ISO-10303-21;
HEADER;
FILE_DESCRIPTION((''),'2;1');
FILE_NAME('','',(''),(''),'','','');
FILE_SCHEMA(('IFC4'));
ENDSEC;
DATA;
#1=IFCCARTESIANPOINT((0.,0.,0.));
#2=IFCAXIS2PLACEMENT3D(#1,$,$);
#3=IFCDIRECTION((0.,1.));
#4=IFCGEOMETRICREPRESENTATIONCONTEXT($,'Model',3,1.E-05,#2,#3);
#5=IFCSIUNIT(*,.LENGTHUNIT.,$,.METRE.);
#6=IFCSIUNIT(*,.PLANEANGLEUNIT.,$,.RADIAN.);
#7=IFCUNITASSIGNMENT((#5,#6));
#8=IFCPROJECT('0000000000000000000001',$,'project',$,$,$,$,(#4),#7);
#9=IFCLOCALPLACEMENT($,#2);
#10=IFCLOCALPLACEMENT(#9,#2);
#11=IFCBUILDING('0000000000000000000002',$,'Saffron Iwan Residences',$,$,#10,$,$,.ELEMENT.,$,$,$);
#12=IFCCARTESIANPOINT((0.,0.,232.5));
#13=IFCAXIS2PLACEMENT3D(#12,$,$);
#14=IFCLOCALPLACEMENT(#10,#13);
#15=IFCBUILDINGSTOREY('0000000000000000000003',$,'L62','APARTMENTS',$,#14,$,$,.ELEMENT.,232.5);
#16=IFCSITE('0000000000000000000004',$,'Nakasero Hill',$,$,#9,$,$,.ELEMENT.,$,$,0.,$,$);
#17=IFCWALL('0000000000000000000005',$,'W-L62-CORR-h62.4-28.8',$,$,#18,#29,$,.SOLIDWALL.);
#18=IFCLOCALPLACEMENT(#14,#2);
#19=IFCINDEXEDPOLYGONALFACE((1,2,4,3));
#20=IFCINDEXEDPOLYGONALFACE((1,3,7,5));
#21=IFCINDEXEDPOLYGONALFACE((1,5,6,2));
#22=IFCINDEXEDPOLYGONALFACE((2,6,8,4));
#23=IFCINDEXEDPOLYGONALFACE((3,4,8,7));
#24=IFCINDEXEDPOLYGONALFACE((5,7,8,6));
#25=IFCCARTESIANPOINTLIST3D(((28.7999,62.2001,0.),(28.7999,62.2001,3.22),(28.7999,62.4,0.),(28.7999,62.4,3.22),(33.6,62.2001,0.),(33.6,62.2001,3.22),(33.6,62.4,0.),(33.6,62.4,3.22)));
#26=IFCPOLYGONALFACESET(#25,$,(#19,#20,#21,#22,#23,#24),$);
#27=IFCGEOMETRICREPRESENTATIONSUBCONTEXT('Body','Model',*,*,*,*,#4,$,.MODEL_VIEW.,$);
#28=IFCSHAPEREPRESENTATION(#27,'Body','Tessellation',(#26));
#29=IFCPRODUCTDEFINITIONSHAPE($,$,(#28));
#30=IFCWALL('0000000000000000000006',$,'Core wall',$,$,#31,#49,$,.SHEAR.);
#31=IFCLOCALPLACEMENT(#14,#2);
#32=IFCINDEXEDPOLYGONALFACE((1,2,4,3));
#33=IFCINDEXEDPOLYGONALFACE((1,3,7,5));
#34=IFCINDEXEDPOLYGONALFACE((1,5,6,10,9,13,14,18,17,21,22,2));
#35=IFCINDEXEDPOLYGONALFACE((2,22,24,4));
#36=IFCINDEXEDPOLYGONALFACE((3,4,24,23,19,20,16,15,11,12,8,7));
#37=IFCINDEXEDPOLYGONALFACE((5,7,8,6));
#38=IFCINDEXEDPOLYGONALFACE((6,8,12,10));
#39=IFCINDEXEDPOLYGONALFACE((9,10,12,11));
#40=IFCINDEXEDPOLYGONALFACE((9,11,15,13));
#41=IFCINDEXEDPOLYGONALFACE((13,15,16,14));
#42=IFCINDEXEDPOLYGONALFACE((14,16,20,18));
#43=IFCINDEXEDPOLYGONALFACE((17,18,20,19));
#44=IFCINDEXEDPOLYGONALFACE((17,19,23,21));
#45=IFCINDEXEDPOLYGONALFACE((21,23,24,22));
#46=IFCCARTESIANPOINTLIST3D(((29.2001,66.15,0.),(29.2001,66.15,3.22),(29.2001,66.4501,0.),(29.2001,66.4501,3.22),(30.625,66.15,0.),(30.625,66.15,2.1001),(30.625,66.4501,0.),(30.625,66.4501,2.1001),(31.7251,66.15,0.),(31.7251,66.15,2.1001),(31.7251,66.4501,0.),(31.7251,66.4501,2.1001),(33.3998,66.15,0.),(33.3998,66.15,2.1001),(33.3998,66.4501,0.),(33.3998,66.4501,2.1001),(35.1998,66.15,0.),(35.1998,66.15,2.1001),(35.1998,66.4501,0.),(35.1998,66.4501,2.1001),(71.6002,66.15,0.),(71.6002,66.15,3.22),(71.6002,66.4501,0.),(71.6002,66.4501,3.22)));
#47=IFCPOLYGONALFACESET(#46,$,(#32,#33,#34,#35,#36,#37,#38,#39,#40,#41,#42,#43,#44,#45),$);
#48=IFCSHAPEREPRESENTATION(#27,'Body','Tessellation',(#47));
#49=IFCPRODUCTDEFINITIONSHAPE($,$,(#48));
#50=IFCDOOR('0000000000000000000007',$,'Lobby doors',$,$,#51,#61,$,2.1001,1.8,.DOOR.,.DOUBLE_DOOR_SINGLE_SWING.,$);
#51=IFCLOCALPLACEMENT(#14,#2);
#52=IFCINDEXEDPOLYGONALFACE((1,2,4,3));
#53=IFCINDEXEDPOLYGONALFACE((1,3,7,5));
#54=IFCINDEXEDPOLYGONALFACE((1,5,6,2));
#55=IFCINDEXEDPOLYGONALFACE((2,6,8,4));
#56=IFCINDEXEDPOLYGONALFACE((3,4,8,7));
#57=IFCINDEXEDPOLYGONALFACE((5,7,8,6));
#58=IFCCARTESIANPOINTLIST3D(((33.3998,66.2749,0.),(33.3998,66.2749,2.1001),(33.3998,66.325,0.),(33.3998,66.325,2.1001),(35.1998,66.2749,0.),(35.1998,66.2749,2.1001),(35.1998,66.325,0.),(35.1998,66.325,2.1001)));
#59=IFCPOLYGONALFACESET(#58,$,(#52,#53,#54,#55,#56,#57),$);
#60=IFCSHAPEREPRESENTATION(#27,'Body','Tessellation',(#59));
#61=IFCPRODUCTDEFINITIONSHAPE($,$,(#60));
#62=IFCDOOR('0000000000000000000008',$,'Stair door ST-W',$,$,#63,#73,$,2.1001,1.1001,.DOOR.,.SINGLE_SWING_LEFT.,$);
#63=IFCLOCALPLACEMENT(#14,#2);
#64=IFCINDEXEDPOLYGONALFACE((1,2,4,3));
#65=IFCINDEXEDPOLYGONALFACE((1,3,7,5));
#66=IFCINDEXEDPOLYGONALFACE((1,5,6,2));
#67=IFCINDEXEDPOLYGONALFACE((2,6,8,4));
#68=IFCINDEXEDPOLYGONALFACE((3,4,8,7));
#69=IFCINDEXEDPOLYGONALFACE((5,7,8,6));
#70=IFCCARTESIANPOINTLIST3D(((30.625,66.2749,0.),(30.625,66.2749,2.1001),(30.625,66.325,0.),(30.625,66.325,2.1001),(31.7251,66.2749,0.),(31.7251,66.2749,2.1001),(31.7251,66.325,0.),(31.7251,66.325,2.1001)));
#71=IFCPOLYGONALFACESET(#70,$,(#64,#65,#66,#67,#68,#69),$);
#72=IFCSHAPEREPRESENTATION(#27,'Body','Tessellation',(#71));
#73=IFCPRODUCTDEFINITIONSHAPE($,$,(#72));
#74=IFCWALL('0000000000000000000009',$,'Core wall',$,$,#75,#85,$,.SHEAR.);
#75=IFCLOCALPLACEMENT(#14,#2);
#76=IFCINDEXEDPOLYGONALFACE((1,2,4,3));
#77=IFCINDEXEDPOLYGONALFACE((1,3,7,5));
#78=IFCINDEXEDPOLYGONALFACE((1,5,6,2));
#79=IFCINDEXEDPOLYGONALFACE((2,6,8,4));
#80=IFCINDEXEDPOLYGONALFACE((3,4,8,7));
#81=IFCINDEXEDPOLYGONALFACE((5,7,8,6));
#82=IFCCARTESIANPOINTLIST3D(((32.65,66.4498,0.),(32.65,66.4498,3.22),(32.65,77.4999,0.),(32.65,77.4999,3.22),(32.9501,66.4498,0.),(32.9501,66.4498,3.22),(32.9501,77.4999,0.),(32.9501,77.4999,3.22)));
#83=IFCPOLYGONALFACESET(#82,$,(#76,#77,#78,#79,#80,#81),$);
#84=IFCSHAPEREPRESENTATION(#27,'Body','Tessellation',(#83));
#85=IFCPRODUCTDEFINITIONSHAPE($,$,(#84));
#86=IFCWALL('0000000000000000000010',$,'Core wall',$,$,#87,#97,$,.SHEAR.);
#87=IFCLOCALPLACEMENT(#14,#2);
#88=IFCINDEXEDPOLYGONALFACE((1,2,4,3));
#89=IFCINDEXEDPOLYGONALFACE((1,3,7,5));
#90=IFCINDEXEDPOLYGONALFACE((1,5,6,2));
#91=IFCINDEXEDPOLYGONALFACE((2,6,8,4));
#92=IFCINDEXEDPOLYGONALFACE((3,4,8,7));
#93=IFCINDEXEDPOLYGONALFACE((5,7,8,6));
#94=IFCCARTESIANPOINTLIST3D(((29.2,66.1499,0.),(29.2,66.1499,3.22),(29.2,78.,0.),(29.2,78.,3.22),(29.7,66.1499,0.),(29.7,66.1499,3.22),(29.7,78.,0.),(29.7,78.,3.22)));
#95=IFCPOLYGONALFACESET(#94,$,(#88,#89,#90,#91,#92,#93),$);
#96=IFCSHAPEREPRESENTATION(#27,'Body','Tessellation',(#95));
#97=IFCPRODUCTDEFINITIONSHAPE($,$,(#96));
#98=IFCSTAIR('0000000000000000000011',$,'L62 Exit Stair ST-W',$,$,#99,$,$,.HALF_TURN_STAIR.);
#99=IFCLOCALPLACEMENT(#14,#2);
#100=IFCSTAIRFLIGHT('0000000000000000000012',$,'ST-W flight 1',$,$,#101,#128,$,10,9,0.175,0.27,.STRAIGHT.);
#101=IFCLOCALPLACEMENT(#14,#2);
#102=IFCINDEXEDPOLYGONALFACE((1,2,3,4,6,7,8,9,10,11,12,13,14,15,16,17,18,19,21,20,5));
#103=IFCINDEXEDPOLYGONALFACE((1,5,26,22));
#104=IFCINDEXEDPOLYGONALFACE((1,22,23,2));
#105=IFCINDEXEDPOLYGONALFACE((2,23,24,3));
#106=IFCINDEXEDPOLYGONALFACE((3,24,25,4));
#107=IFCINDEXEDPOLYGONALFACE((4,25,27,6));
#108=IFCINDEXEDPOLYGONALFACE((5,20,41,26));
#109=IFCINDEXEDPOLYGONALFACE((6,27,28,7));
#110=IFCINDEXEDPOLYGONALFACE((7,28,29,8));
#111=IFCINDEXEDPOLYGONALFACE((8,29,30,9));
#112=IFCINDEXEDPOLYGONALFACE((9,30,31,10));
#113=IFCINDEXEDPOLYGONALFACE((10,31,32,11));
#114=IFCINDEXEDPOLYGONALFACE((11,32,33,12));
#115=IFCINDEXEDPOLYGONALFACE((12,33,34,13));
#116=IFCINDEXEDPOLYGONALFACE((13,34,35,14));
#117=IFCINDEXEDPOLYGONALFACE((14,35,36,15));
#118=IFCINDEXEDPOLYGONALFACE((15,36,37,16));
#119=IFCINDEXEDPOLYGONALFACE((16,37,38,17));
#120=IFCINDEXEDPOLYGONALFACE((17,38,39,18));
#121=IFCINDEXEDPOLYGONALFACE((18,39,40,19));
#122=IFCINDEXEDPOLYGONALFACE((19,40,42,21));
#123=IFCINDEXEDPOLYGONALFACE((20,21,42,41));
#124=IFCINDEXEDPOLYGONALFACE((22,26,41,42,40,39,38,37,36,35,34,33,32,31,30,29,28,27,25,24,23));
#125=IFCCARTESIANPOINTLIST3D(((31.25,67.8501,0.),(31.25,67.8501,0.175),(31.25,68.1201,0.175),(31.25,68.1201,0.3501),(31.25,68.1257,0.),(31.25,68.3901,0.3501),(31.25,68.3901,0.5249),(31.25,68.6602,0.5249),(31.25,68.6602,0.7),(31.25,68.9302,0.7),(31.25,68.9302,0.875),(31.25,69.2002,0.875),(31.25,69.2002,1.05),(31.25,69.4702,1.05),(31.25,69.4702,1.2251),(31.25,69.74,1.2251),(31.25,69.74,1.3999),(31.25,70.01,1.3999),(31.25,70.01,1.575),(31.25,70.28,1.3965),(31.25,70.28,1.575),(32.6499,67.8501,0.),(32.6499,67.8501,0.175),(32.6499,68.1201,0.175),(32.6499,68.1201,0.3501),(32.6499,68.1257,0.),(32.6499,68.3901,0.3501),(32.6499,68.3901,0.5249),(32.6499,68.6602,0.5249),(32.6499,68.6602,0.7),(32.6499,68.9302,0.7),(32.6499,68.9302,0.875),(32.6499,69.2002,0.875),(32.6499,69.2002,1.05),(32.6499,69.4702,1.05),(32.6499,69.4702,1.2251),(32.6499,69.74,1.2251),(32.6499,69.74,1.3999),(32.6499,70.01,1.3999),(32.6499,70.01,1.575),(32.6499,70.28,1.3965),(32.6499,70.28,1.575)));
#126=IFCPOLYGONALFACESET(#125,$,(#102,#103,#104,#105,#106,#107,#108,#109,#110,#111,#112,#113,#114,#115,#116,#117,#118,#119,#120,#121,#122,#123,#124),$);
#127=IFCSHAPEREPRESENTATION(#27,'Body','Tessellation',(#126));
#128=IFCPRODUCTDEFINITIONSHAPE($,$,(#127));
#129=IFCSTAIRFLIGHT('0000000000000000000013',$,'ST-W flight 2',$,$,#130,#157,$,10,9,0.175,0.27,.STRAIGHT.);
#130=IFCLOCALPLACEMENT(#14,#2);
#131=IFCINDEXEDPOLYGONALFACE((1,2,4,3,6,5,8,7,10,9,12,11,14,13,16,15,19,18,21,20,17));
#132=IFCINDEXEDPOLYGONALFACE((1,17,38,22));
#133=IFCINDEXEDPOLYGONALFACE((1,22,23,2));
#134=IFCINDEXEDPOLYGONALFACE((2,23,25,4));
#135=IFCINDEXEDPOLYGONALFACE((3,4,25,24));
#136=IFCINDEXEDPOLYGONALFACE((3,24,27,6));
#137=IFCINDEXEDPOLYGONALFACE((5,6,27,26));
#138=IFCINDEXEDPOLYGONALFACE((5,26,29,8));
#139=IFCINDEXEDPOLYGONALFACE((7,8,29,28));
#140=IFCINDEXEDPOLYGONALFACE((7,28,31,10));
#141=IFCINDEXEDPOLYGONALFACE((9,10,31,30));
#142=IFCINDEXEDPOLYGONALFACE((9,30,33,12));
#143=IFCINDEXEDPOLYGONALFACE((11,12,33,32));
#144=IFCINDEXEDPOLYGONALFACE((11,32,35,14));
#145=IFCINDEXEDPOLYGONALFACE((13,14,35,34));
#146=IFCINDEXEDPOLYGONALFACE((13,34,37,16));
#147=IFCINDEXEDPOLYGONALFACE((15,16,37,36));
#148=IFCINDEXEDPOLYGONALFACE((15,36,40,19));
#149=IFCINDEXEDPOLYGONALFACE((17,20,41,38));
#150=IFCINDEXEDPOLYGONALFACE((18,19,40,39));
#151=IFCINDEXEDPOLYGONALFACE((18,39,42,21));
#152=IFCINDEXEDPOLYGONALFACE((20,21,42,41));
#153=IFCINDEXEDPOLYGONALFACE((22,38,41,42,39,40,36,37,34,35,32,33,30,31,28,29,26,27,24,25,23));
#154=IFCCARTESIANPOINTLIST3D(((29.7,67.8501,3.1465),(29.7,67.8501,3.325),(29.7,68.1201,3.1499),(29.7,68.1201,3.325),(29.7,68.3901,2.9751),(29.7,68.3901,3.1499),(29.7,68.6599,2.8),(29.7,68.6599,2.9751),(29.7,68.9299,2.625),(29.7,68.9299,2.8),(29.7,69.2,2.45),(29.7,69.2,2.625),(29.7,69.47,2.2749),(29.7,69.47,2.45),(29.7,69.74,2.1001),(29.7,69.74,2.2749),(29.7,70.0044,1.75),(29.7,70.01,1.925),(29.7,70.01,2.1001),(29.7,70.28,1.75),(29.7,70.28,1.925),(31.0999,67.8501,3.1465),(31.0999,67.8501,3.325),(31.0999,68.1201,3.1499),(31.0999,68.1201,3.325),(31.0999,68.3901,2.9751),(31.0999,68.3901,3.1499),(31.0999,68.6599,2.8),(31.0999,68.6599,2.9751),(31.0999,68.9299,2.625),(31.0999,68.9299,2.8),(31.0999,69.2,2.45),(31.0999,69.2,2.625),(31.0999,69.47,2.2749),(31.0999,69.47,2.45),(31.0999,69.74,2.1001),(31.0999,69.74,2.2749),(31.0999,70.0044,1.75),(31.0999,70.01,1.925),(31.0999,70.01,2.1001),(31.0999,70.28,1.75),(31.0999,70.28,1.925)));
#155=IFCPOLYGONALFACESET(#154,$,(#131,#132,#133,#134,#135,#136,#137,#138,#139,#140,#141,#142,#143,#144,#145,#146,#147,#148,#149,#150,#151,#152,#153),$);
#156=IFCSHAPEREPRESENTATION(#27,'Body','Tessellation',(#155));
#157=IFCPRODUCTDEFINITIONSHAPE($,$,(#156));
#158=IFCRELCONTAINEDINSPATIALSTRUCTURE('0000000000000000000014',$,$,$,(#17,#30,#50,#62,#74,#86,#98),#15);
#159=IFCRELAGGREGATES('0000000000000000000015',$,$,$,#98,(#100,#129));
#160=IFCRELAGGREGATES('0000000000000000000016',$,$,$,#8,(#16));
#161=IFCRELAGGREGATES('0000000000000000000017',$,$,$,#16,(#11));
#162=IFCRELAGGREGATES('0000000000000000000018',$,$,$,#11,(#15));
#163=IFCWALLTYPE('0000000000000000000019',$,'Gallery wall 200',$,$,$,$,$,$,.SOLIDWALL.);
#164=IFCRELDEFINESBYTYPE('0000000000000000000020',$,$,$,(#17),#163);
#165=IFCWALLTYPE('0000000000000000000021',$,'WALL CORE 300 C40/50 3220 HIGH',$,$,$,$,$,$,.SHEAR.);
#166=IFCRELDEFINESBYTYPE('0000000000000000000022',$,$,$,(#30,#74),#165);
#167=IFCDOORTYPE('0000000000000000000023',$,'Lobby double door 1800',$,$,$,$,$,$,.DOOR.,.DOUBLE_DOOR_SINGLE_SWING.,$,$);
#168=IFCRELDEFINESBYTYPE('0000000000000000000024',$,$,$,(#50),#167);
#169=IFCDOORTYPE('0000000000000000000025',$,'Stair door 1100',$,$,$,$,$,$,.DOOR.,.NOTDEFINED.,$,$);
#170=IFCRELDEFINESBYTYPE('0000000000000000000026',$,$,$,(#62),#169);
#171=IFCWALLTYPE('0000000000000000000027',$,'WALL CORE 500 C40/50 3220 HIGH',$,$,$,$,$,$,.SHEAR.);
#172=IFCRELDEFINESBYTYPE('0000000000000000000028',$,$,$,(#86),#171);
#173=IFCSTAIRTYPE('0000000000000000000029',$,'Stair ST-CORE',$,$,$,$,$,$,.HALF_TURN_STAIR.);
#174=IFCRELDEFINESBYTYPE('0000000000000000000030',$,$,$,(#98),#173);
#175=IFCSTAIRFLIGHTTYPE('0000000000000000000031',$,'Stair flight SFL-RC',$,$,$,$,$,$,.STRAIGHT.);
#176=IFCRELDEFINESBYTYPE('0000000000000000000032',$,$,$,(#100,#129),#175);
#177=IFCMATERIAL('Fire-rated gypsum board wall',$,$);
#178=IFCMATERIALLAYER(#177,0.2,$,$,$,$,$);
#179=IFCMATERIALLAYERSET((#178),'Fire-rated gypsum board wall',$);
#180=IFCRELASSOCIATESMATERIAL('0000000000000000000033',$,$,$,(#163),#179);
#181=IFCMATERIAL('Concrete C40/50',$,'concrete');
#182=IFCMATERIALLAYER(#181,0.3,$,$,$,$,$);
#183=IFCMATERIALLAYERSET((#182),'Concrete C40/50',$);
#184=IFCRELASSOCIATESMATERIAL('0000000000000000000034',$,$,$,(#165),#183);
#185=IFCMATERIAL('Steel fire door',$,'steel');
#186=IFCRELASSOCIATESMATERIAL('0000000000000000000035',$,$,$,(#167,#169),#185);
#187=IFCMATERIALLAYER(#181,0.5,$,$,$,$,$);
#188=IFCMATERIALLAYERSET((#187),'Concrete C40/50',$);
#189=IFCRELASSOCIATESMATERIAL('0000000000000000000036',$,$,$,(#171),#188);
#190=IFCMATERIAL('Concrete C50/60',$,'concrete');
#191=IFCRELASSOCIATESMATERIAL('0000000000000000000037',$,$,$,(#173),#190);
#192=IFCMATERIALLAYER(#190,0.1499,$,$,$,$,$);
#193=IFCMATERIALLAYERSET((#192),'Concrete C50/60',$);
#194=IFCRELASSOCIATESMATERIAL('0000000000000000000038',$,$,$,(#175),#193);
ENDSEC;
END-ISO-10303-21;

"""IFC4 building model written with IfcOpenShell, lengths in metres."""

from ifc_helpers import new_model, si_unit, direction, frame, frame_2d, origin, place, context, subcontext, project, spatial, polyline, rectangle, outline, extrude, material, layer, layer_set, type_object, element, fill, aggregate, save


model = new_model("IFC4")

# Units and contexts
model_context = context("Model", 3, precision=1e-05, world=origin(), true_north=direction((0.0, 1.0)))
body_context = subcontext(model_context, "Body", "Model", "MODEL_VIEW")
ifc_project = project(units=[si_unit("LENGTHUNIT", "METRE"), si_unit("PLANEANGLEUNIT", "RADIAN")], contexts=[model_context])

# Site, building, storey
site_placement = place(None, origin())
site = spatial("IfcSite", under=ifc_project, at=site_placement, Name="Nakasero Hill", CompositionType="ELEMENT", RefElevation=0.0)
building_placement = place(site_placement, origin())
building = spatial("IfcBuilding", under=site, at=building_placement, Name="Saffron Iwan Residences", CompositionType="ELEMENT")
storey_placement = place(building_placement, frame((0.0, 0.0, 232.5)))
storey = spatial("IfcBuildingStorey", under=building, at=storey_placement, Name="L62", Description="APARTMENTS", CompositionType="ELEMENT", Elevation=232.5)

# Wall
ifc_material_1 = material(Name="Fire-rated gypsum board wall")
ifc_layer_1 = layer(ifc_material_1, 0.2)
ifc_layer_set_1 = layer_set([ifc_layer_1], Name="Fire-rated gypsum board wall")
wall_type_1 = type_object("IfcWallType", Name="Gallery wall 200", PredefinedType="SOLIDWALL", material=ifc_layer_set_1)
wall_1_placement = place(storey_placement, frame((28.8, 62.3, 0.0), z_axis=(0.0, 0.0, 1.0), x_axis=(1.0, 0.0, 0.0)))
element("IfcWall", 1, at=wall_1_placement, inside=storey, type_object=wall_type_1, Name="W-L62-CORR-h62.4-28.8", PredefinedType="SOLIDWALL", context=body_context, shape_type="SweptSolid", body=[
    extrude(rectangle(XDim=4.8, YDim=0.2, at=frame_2d((2.3999, 0.0))), origin(), (0.0, 0.0, 1.0), 3.22),
])

# Wall, openings, doors
ifc_material_2 = material(Name="Concrete C40/50", Category="concrete")
ifc_layer_2 = layer(ifc_material_2, 0.3)
ifc_layer_set_2 = layer_set([ifc_layer_2], Name="Concrete C40/50")
wall_type_2 = type_object("IfcWallType", Name="WALL CORE 300 C40/50 3220 HIGH", PredefinedType="SHEAR", material=ifc_layer_set_2)
wall_2_placement = place(storey_placement, frame((29.2, 66.3, 0.0), z_axis=(0.0, 0.0, 1.0), x_axis=(1.0, 0.0, 0.0)))
wall_2 = element("IfcWall", 2, at=wall_2_placement, inside=storey, type_object=wall_type_2, Name="Core wall", PredefinedType="SHEAR", context=body_context, shape_type="SweptSolid", body=[
    extrude(rectangle(XDim=42.4001, YDim=0.3, at=frame_2d((21.2002, 0.0))), origin(), (0.0, 0.0, 1.0), 3.22),
])
opening_1_placement = place(wall_2_placement, frame((1.425, 0.0, 0.0)))
opening_1 = element("IfcOpeningElement", 3, at=opening_1_placement, cuts=wall_2, PredefinedType="OPENING", context=body_context, shape_type="SweptSolid", body=[
    extrude(rectangle(XDim=1.1001, YDim=2.1001, at=frame_2d((0.55, 1.05))), frame((0.0, 0.1602, 0.0), z_axis=(0.0, -1.0, 0.0), x_axis=(1.0, 0.0, 0.0)), (0.0, 0.0, 1.0), 0.3201),
])
opening_2_placement = place(wall_2_placement, frame((4.2, 0.0, 0.0)))
opening_2 = element("IfcOpeningElement", 4, at=opening_2_placement, cuts=wall_2, PredefinedType="OPENING", context=body_context, shape_type="SweptSolid", body=[
    extrude(rectangle(XDim=1.8, YDim=2.1001, at=frame_2d((0.8999, 1.05))), frame((0.0, 0.1602, 0.0), z_axis=(0.0, -1.0, 0.0), x_axis=(1.0, 0.0, 0.0)), (0.0, 0.0, 1.0), 0.3201),
])
ifc_material_3 = material(Name="Steel fire door", Category="steel")
door_type_1 = type_object("IfcDoorType", Name="Lobby double door 1800", OperationType="DOUBLE_DOOR_SINGLE_SWING", PredefinedType="DOOR", material=ifc_material_3)
door_1_placement = place(opening_2_placement, origin())
door_1 = element("IfcDoor", 5, at=door_1_placement, inside=storey, type_object=door_type_1, Name="Lobby doors", OperationType="DOUBLE_DOOR_SINGLE_SWING", OverallHeight=2.1001, OverallWidth=1.8, PredefinedType="DOOR", context=body_context, shape_type="SweptSolid", body=[
    extrude(rectangle(XDim=1.8, YDim=2.1001, at=frame_2d((0.8999, 1.05))), frame((0.0, 0.0249, 0.0), z_axis=(0.0, -1.0, 0.0), x_axis=(1.0, 0.0, 0.0)), (0.0, 0.0, 1.0), 0.05),
])
fill(opening_2, door_1)
door_type_2 = type_object("IfcDoorType", Name="Stair door 1100", OperationType="NOTDEFINED", PredefinedType="DOOR", material=ifc_material_3)
door_2_placement = place(opening_1_placement, origin())
door_2 = element("IfcDoor", 6, at=door_2_placement, inside=storey, type_object=door_type_2, Name="Stair door ST-W", OperationType="SINGLE_SWING_LEFT", OverallHeight=2.1001, OverallWidth=1.1001, PredefinedType="DOOR", context=body_context, shape_type="SweptSolid", body=[
    extrude(rectangle(XDim=1.1001, YDim=2.1001, at=frame_2d((0.55, 1.05))), frame((0.0, 0.0249, 0.0), z_axis=(0.0, -1.0, 0.0), x_axis=(1.0, 0.0, 0.0)), (0.0, 0.0, 1.0), 0.05),
])
fill(opening_1, door_2)

# Walls
wall_3_placement = place(storey_placement, frame((32.8, 66.45, 0.0), z_axis=(0.0, 0.0, 1.0), x_axis=(0.0, 1.0, 0.0)))
element("IfcWall", 7, at=wall_3_placement, inside=storey, type_object=wall_type_2, Name="Core wall", PredefinedType="SHEAR", context=body_context, shape_type="SweptSolid", body=[
    extrude(rectangle(XDim=11.05, YDim=0.3, at=frame_2d((5.5249, 0.0))), origin(), (0.0, 0.0, 1.0), 3.22),
])
ifc_layer_3 = layer(ifc_material_2, 0.5)
ifc_layer_set_3 = layer_set([ifc_layer_3], Name="Concrete C40/50")
wall_type_3 = type_object("IfcWallType", Name="WALL CORE 500 C40/50 3220 HIGH", PredefinedType="SHEAR", material=ifc_layer_set_3)
wall_4_placement = place(storey_placement, frame((29.45, 66.1499, 0.0), z_axis=(0.0, 0.0, 1.0), x_axis=(0.0, 1.0, 0.0)))
element("IfcWall", 8, at=wall_4_placement, inside=storey, type_object=wall_type_3, Name="Core wall", PredefinedType="SHEAR", context=body_context, shape_type="SweptSolid", body=[
    extrude(rectangle(XDim=11.8501, YDim=0.5, at=frame_2d((5.925, 0.0))), origin(), (0.0, 0.0, 1.0), 3.22),
])

# Stair, stair flights
ifc_material_4 = material(Name="Concrete C50/60", Category="concrete")
stair_type = type_object("IfcStairType", Name="Stair ST-CORE", PredefinedType="HALF_TURN_STAIR", material=ifc_material_4)
stair_placement = place(storey_placement, origin())
stair = element("IfcStair", 9, at=stair_placement, inside=storey, type_object=stair_type, Name="L62 Exit Stair ST-W", PredefinedType="HALF_TURN_STAIR")
ifc_layer_4 = layer(ifc_material_4, 0.1499)
ifc_layer_set_4 = layer_set([ifc_layer_4], Name="Concrete C50/60")
stair_flight_type = type_object("IfcStairFlightType", Name="Stair flight SFL-RC", PredefinedType="STRAIGHT", material=ifc_layer_set_4)
stair_flight_1_placement = place(storey_placement, frame((31.95, 67.8501, 0.0), z_axis=(0.0, 0.0, 1.0), x_axis=(0.0, 1.0, 0.0)))
stair_flight_1 = element("IfcStairFlight", 10, at=stair_flight_1_placement, type_object=stair_flight_type, Name="ST-W flight 1", NumberOfRisers=10, NumberOfTreads=9, PredefinedType="STRAIGHT", RiserHeight=0.175, TreadLength=0.27, context=body_context, shape_type="SweptSolid", body=[
    extrude(outline(polyline([(0.0, 0.0), (0.0, 0.175), (0.27, 0.175), (0.27, 0.3501), (0.54, 0.3501), (0.54, 0.5249), (0.8101, 0.5249), (0.8101, 0.7), (1.0801, 0.7), (1.0801, 0.875), (1.3501, 0.875), (1.3501, 1.05), (1.6201, 1.05), (1.6201, 1.2251), (1.8899, 1.2251), (1.8899, 1.3999), (2.1599, 1.3999), (2.1599, 1.575), (2.4299, 1.575), (2.4299, 1.75), (2.4299, 1.3965), (0.2756, 0.0), (0.0, 0.0)])), frame((0.0, 0.7, 0.0), z_axis=(0.0, -1.0, 0.0), x_axis=(1.0, 0.0, 0.0)), (0.0, 0.0, 1.0), 1.3999),
])
stair_flight_2_placement = place(storey_placement, frame((30.3999, 70.28, 1.75), z_axis=(0.0, 0.0, 1.0), x_axis=(0.0, -1.0, 0.0)))
stair_flight_2 = element("IfcStairFlight", 11, at=stair_flight_2_placement, type_object=stair_flight_type, Name="ST-W flight 2", NumberOfRisers=10, NumberOfTreads=9, PredefinedType="STRAIGHT", RiserHeight=0.175, TreadLength=0.27, context=body_context, shape_type="SweptSolid", body=[
    extrude(outline(polyline([(0.0, 0.0), (0.0, 0.175), (0.27, 0.175), (0.27, 0.3501), (0.54, 0.3501), (0.54, 0.5249), (0.8101, 0.5249), (0.8101, 0.7), (1.0801, 0.7), (1.0801, 0.875), (1.3501, 0.875), (1.3501, 1.05), (1.6201, 1.05), (1.6201, 1.2251), (1.8899, 1.2251), (1.8899, 1.3999), (2.1599, 1.3999), (2.1599, 1.575), (2.4299, 1.575), (2.4299, 1.75), (2.4299, 1.3965), (0.2756, 0.0), (0.0, 0.0)])), frame((0.0, 0.7, 0.0), z_axis=(0.0, -1.0, 0.0), x_axis=(1.0, 0.0, 0.0)), (0.0, 0.0, 1.0), 1.3999),
])
aggregate(stair, [stair_flight_1, stair_flight_2])

save(model, "model.ifc")
